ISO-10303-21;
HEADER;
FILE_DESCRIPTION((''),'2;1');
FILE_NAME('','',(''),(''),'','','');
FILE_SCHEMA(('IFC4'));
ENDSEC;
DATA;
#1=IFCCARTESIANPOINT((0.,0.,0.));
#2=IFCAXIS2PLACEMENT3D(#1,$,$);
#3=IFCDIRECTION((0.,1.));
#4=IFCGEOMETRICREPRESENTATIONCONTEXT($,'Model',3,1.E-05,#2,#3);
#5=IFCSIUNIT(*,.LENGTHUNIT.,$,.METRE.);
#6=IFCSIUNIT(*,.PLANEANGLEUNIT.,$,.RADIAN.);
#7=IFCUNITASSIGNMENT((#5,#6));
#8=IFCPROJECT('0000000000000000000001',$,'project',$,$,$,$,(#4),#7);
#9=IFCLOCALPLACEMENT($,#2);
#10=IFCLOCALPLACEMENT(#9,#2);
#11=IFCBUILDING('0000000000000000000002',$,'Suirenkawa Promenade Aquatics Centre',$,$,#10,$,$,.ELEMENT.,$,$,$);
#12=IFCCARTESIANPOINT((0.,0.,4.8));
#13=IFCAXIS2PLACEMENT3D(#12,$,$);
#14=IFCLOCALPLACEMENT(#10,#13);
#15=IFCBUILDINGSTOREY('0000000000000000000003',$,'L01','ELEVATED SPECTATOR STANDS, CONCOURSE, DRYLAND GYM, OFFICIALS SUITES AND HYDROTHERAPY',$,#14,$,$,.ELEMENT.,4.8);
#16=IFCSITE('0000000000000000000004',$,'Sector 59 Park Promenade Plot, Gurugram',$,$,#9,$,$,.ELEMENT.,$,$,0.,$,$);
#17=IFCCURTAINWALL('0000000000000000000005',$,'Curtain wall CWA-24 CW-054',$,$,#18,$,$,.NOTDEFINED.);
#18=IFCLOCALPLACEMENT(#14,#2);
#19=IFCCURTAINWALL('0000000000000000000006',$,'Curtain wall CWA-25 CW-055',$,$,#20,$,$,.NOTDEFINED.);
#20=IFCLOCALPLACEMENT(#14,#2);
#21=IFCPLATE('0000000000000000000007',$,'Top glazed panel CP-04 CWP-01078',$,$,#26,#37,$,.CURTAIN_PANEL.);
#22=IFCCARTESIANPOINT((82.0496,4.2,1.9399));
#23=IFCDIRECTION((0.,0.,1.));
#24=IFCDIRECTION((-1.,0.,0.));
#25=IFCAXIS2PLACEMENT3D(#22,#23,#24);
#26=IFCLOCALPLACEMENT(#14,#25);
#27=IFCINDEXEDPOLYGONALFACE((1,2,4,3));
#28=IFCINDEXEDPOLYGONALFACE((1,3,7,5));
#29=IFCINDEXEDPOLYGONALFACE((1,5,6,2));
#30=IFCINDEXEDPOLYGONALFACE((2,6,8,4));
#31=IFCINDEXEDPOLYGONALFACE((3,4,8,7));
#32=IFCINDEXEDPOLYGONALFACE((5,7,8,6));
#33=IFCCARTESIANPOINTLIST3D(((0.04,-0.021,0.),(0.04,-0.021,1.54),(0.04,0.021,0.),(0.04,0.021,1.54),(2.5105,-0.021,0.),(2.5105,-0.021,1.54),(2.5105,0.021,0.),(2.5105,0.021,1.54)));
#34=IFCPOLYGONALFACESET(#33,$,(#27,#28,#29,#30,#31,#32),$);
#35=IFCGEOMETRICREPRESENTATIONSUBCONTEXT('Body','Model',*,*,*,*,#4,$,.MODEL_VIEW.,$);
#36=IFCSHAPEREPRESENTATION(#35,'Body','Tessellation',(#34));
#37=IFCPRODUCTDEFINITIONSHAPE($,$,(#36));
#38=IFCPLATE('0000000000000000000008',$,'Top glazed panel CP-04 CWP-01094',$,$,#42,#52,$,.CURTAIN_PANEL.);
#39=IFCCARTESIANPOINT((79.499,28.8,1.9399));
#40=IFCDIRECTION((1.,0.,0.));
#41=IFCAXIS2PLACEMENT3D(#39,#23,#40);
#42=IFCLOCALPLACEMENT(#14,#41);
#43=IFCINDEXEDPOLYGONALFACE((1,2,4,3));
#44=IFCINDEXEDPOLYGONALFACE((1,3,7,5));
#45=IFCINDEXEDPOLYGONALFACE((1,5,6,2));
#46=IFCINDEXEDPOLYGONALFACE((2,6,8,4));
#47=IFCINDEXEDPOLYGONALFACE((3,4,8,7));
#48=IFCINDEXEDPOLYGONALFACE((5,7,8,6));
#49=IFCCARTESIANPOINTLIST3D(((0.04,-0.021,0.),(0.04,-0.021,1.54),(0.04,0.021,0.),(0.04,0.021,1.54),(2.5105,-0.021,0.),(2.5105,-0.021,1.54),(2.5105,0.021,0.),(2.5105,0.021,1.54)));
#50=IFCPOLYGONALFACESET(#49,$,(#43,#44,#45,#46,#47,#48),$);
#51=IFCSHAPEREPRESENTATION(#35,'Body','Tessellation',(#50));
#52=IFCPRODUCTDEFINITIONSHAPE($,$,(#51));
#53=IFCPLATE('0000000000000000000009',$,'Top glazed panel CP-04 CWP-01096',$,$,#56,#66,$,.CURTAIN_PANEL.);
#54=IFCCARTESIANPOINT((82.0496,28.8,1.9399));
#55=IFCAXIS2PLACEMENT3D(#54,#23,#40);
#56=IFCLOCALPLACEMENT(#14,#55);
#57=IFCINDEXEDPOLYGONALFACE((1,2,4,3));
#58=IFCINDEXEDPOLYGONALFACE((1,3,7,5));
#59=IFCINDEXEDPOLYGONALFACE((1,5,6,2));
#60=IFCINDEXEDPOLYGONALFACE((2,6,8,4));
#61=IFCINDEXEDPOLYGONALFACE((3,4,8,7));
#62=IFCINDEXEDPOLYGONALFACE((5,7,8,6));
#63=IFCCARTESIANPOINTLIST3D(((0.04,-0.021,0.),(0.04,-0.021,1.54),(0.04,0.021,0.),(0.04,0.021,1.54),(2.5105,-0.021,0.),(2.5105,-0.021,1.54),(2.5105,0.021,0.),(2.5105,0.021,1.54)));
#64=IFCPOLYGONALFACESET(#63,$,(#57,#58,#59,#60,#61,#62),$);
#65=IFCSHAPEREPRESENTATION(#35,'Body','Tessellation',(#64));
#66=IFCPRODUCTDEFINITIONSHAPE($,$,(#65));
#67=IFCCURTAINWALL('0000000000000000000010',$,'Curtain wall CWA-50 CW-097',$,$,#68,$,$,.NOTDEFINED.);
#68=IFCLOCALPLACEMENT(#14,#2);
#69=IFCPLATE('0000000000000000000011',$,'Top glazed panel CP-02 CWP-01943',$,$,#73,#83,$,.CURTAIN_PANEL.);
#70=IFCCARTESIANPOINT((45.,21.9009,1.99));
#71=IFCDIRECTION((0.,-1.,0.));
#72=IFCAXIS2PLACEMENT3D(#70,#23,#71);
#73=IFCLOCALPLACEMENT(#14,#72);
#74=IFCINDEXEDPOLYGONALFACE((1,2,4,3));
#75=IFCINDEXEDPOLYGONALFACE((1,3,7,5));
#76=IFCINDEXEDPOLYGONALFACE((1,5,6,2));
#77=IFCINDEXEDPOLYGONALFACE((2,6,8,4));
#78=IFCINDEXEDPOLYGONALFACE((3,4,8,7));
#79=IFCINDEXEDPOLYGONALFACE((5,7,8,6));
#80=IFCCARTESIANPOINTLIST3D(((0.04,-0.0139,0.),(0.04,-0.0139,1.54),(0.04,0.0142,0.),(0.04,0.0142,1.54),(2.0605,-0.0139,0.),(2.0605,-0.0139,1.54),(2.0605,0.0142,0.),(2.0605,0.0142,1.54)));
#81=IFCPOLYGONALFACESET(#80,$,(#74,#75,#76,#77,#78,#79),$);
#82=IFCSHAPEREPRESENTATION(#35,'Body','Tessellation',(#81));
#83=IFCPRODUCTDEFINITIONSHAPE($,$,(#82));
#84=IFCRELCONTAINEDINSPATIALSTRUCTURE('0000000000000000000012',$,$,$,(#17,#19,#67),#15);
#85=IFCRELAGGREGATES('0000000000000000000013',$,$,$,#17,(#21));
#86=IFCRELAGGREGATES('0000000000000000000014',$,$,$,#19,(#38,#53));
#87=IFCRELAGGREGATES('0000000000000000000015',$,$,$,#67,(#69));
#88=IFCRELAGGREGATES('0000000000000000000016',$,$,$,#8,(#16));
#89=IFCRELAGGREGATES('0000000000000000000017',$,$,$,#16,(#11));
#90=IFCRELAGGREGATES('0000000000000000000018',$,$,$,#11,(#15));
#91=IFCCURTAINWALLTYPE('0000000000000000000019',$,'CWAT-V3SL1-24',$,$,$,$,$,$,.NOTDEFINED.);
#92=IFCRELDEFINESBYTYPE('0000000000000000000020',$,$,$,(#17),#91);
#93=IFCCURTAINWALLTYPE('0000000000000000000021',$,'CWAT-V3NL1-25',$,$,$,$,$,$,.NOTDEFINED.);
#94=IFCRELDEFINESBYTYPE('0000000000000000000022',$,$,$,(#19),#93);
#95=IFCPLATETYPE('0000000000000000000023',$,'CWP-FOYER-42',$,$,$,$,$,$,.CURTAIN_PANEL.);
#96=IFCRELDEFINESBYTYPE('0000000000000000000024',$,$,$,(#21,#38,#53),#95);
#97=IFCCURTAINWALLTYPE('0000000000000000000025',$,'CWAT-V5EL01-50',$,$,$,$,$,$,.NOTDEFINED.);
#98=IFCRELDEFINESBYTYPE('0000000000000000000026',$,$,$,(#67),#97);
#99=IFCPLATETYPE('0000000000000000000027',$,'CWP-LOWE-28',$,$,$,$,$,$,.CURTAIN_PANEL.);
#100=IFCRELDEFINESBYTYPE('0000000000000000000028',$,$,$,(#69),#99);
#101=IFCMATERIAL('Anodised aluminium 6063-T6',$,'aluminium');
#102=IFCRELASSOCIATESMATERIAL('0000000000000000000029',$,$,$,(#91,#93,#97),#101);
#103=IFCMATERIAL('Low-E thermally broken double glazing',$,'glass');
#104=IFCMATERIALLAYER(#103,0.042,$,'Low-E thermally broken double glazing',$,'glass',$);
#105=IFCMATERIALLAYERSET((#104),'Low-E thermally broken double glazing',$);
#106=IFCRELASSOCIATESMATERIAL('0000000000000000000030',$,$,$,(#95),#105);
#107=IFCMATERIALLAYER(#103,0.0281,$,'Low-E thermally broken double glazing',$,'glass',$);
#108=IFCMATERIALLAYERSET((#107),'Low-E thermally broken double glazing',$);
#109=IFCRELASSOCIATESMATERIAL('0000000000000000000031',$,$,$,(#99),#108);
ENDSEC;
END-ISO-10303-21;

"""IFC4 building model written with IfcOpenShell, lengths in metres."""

from ifc_helpers import new_model, si_unit, direction, frame, origin, place, context, subcontext, project, spatial, polyline, outline, extrude, material, layer, layer_set, type_object, element, aggregate, save


model = new_model("IFC4")

# Units and contexts
model_context = context("Model", 3, precision=1e-05, world=origin(), true_north=direction((0.0, 1.0)))
body_context = subcontext(model_context, "Body", "Model", "MODEL_VIEW")
ifc_project = project(units=[si_unit("LENGTHUNIT", "METRE"), si_unit("PLANEANGLEUNIT", "RADIAN")], contexts=[model_context])

# Site, building, storey
site_placement = place(None, origin())
site = spatial("IfcSite", under=ifc_project, at=site_placement, Name="Sector 59 Park Promenade Plot, Gurugram", CompositionType="ELEMENT", RefElevation=0.0)
building_placement = place(site_placement, origin())
building = spatial("IfcBuilding", under=site, at=building_placement, Name="Suirenkawa Promenade Aquatics Centre", CompositionType="ELEMENT")
storey_placement = place(building_placement, frame((0.0, 0.0, 4.8)))
storey = spatial("IfcBuildingStorey", under=building, at=storey_placement, Name="L01", Description="ELEVATED SPECTATOR STANDS, CONCOURSE, DRYLAND GYM, OFFICIALS SUITES AND HYDROTHERAPY", CompositionType="ELEMENT", Elevation=4.8)

# Curtain walls
ifc_material_1 = material(Name="Anodised aluminium 6063-T6", Category="aluminium")
curtain_wall_type_1 = type_object("IfcCurtainWallType", Name="CWAT-V3SL1-24", PredefinedType="NOTDEFINED", material=ifc_material_1)
curtain_wall_1_placement = place(storey_placement, origin())
curtain_wall_1 = element("IfcCurtainWall", 1, at=curtain_wall_1_placement, inside=storey, type_object=curtain_wall_type_1, Name="Curtain wall CWA-24 CW-054", PredefinedType="NOTDEFINED")
curtain_wall_type_2 = type_object("IfcCurtainWallType", Name="CWAT-V3NL1-25", PredefinedType="NOTDEFINED", material=ifc_material_1)
curtain_wall_2_placement = place(storey_placement, origin())
curtain_wall_2 = element("IfcCurtainWall", 2, at=curtain_wall_2_placement, inside=storey, type_object=curtain_wall_type_2, Name="Curtain wall CWA-25 CW-055", PredefinedType="NOTDEFINED")

# Plates
ifc_material_2 = material(Name="Low-E thermally broken double glazing", Category="glass")
ifc_layer_1 = layer(ifc_material_2, 0.042, Name="Low-E thermally broken double glazing", Category="glass")
ifc_layer_set_1 = layer_set([ifc_layer_1], Name="Low-E thermally broken double glazing")
plate_type_1 = type_object("IfcPlateType", Name="CWP-FOYER-42", PredefinedType="CURTAIN_PANEL", material=ifc_layer_set_1)
plate_1_placement = place(storey_placement, frame((82.0496, 4.2, 1.9399), z_axis=(0.0, 0.0, 1.0), x_axis=(-1.0, 0.0, 0.0)))
plate_1 = element("IfcPlate", 3, at=plate_1_placement, type_object=plate_type_1, Name="Top glazed panel CP-04 CWP-01078", PredefinedType="CURTAIN_PANEL", context=body_context, shape_type="SweptSolid", body=[
    extrude(outline(polyline([(0.04, 0.0), (2.5105, 0.0), (2.5105, 1.54), (0.04, 1.54), (0.04, 0.0)])), frame((0.0, 0.021, 0.0), z_axis=(0.0, -1.0, 0.0), x_axis=(1.0, 0.0, 0.0)), (0.0, 0.0, 1.0), 0.042),
])
aggregate(curtain_wall_1, [plate_1])
plate_2_placement = place(storey_placement, frame((79.499, 28.8, 1.9399), z_axis=(0.0, 0.0, 1.0), x_axis=(1.0, 0.0, 0.0)))
plate_2 = element("IfcPlate", 4, at=plate_2_placement, type_object=plate_type_1, Name="Top glazed panel CP-04 CWP-01094", PredefinedType="CURTAIN_PANEL", context=body_context, shape_type="SweptSolid", body=[
    extrude(outline(polyline([(0.04, 0.0), (2.5105, 0.0), (2.5105, 1.54), (0.04, 1.54), (0.04, 0.0)])), frame((0.0, 0.021, 0.0), z_axis=(0.0, -1.0, 0.0), x_axis=(1.0, 0.0, 0.0)), (0.0, 0.0, 1.0), 0.042),
])
plate_3_placement = place(storey_placement, frame((82.0496, 28.8, 1.9399), z_axis=(0.0, 0.0, 1.0), x_axis=(1.0, 0.0, 0.0)))
plate_3 = element("IfcPlate", 5, at=plate_3_placement, type_object=plate_type_1, Name="Top glazed panel CP-04 CWP-01096", PredefinedType="CURTAIN_PANEL", context=body_context, shape_type="SweptSolid", body=[
    extrude(outline(polyline([(0.04, 0.0), (2.5105, 0.0), (2.5105, 1.54), (0.04, 1.54), (0.04, 0.0)])), frame((0.0, 0.021, 0.0), z_axis=(0.0, -1.0, 0.0), x_axis=(1.0, 0.0, 0.0)), (0.0, 0.0, 1.0), 0.042),
])
aggregate(curtain_wall_2, [plate_2, plate_3])

# Curtain wall, plate
curtain_wall_type_3 = type_object("IfcCurtainWallType", Name="CWAT-V5EL01-50", PredefinedType="NOTDEFINED", material=ifc_material_1)
curtain_wall_3_placement = place(storey_placement, origin())
curtain_wall_3 = element("IfcCurtainWall", 6, at=curtain_wall_3_placement, inside=storey, type_object=curtain_wall_type_3, Name="Curtain wall CWA-50 CW-097", PredefinedType="NOTDEFINED")
ifc_layer_2 = layer(ifc_material_2, 0.0281, Name="Low-E thermally broken double glazing", Category="glass")
ifc_layer_set_2 = layer_set([ifc_layer_2], Name="Low-E thermally broken double glazing")
plate_type_2 = type_object("IfcPlateType", Name="CWP-LOWE-28", PredefinedType="CURTAIN_PANEL", material=ifc_layer_set_2)
plate_4_placement = place(storey_placement, frame((45.0, 21.9009, 1.99), z_axis=(0.0, 0.0, 1.0), x_axis=(0.0, -1.0, 0.0)))
plate_4 = element("IfcPlate", 7, at=plate_4_placement, type_object=plate_type_2, Name="Top glazed panel CP-02 CWP-01943", PredefinedType="CURTAIN_PANEL", context=body_context, shape_type="SweptSolid", body=[
    extrude(outline(polyline([(0.04, 0.0), (2.0605, 0.0), (2.0605, 1.54), (0.04, 1.54), (0.04, 0.0)])), frame((0.0, 0.0142, 0.0), z_axis=(0.0, -1.0, 0.0), x_axis=(1.0, 0.0, 0.0)), (0.0, 0.0, 1.0), 0.0281),
])
aggregate(curtain_wall_3, [plate_4])

save(model, "model.ifc")
